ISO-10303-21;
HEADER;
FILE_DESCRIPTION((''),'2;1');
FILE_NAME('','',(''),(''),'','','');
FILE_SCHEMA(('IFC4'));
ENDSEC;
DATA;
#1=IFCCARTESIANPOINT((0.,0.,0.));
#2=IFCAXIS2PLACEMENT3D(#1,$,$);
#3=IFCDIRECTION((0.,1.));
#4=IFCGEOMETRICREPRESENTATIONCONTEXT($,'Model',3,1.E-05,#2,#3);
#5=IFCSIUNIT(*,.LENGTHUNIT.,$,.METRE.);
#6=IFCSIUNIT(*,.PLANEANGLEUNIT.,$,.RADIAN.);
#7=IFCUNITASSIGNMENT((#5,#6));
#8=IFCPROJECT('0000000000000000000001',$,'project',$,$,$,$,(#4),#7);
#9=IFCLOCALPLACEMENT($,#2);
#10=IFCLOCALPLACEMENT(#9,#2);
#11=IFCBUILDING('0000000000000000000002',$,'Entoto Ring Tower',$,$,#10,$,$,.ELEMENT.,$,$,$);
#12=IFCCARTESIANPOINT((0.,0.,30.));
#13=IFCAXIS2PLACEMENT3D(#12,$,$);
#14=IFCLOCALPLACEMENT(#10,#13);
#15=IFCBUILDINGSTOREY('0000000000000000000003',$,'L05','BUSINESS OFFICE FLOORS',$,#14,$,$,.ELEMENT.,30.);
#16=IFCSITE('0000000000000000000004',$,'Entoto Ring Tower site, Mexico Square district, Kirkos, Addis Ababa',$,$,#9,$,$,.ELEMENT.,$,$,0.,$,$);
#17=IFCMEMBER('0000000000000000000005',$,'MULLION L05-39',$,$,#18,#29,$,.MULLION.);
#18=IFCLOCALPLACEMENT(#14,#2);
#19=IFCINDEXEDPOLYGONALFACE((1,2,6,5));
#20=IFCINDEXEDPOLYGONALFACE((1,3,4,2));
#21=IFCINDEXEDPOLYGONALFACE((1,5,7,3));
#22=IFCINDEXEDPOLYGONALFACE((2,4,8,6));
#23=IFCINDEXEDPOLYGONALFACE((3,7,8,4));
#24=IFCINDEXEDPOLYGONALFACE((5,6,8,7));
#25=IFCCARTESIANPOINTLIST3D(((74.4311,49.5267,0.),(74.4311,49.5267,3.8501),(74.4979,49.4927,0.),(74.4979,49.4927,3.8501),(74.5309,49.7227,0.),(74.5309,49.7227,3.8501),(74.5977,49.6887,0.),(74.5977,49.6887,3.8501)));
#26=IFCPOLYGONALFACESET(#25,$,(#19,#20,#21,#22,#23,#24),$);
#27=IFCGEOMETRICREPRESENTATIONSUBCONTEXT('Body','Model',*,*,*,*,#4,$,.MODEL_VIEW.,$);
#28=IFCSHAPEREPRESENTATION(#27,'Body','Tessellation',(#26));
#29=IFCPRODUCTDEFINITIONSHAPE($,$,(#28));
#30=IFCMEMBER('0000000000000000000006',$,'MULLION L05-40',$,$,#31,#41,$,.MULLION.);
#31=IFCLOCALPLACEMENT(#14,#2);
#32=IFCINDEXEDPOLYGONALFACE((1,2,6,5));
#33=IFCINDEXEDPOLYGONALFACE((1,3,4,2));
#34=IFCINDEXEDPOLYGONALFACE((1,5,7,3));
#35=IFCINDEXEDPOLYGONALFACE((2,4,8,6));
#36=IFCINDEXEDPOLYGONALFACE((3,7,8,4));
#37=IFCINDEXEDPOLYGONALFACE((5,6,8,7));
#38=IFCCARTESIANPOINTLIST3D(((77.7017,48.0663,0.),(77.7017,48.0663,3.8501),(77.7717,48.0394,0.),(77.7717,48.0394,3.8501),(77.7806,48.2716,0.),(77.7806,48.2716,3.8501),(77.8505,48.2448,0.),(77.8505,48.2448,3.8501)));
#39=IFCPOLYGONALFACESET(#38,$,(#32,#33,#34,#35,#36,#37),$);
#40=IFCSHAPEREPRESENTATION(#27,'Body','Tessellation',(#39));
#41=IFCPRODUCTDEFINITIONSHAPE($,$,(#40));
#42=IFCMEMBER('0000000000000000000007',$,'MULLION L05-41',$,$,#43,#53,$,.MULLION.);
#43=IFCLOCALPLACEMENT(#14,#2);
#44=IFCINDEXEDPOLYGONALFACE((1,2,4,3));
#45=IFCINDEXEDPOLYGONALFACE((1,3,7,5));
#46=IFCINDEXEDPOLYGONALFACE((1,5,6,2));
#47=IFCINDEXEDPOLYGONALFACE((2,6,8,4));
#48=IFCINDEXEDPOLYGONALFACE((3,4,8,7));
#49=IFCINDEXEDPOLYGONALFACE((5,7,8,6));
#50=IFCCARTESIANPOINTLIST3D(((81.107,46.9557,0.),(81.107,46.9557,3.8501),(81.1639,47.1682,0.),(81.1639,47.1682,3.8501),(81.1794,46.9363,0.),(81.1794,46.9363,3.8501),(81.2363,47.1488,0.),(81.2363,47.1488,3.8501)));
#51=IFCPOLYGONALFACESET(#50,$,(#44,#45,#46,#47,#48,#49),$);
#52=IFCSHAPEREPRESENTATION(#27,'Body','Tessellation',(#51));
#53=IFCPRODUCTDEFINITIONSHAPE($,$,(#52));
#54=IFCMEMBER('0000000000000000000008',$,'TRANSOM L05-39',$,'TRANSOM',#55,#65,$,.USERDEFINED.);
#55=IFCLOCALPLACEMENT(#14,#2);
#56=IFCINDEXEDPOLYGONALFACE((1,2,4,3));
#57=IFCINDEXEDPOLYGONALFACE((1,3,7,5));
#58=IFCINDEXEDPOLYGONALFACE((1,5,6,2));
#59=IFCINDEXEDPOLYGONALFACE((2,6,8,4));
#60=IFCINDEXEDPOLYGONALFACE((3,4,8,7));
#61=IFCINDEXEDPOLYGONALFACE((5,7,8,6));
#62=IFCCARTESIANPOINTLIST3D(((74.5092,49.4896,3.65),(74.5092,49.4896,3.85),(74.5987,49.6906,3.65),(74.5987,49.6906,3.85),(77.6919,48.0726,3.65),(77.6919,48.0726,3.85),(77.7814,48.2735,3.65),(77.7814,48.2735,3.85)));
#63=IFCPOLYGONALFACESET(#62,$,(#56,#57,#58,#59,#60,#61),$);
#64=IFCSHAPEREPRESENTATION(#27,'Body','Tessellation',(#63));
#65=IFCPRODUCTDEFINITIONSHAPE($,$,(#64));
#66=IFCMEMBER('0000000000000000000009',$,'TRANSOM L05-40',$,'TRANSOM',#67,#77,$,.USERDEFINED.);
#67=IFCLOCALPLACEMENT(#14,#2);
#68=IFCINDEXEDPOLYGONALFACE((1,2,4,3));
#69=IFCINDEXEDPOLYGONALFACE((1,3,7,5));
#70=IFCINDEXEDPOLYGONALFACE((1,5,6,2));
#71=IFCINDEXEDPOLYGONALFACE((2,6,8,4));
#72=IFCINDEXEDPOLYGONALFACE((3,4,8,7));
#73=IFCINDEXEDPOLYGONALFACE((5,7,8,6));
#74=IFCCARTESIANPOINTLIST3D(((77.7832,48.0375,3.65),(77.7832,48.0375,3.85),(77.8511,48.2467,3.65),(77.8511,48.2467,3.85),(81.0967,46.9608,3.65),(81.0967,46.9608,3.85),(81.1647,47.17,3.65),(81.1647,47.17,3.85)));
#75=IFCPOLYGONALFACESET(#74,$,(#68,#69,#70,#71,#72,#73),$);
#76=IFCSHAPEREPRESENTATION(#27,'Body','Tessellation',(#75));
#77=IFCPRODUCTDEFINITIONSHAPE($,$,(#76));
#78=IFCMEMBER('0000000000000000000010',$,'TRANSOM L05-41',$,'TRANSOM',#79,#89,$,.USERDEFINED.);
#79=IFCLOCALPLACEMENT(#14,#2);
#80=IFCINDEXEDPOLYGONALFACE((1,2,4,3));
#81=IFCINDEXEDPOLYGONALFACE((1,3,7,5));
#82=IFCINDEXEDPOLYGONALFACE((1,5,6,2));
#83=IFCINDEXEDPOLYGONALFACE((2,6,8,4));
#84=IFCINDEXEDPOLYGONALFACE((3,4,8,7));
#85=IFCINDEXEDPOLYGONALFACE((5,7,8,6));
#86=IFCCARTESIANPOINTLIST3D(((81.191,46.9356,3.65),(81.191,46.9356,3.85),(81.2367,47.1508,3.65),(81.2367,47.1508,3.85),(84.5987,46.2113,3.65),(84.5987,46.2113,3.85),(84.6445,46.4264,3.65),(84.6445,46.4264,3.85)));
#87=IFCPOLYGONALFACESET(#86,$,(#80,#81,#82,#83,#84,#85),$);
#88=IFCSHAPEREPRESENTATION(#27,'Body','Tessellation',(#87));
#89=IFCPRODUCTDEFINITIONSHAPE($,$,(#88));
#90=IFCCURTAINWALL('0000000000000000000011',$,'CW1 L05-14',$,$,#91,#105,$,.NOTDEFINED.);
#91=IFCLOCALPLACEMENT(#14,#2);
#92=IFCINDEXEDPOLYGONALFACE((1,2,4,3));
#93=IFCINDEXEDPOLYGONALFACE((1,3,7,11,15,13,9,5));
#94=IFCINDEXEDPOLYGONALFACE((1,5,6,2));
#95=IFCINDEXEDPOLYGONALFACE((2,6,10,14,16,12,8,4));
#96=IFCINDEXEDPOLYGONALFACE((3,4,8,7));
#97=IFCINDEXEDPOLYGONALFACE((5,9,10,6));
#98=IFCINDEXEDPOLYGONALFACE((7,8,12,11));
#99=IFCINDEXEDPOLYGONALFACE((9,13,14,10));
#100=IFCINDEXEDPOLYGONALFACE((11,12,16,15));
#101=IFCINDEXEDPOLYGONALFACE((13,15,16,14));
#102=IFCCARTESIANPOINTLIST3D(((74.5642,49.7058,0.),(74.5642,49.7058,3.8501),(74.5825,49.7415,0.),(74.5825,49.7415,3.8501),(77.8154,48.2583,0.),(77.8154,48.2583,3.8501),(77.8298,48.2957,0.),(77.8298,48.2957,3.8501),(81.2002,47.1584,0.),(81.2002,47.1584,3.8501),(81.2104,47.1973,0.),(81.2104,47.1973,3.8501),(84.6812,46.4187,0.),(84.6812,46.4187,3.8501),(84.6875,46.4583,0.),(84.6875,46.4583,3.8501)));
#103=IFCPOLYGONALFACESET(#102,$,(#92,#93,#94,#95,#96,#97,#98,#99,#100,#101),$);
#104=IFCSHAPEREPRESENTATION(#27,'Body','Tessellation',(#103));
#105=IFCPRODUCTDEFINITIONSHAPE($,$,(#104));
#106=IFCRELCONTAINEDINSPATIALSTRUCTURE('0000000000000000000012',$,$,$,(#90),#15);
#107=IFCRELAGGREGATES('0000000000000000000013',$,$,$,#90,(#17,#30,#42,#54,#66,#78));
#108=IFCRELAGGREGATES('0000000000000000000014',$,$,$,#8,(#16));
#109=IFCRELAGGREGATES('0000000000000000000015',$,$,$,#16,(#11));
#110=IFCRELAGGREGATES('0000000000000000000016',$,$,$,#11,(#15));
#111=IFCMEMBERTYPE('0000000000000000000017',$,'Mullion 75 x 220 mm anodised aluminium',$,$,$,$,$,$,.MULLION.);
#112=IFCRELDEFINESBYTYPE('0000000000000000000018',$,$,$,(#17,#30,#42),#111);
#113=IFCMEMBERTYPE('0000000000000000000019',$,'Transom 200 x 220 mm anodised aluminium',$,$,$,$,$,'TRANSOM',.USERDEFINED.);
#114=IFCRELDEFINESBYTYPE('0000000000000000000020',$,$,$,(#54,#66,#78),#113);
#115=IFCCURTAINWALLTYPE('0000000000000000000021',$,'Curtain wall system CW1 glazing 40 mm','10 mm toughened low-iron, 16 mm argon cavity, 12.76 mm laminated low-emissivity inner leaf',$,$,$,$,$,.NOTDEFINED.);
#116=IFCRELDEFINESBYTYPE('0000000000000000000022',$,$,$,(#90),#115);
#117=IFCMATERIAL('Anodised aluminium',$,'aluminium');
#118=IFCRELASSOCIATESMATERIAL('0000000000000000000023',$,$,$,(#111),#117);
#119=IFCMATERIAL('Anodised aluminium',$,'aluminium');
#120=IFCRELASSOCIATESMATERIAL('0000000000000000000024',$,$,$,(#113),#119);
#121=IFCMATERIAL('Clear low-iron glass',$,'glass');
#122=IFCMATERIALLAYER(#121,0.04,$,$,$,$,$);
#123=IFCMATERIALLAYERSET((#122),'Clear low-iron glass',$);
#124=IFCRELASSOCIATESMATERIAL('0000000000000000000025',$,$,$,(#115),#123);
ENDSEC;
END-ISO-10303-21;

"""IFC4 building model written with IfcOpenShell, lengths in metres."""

from ifc_helpers import new_model, si_unit, direction, frame, origin, origin_2d, place, context, subcontext, project, spatial, polyline, rectangle, outline, extrude, material, layer, layer_set, material_profile, profile_set, type_object, element, aggregate, save


model = new_model("IFC4")

# Units and contexts
model_context = context("Model", 3, precision=1e-05, world=origin(), true_north=direction((0.0, 1.0)))
body_context = subcontext(model_context, "Body", "Model", "MODEL_VIEW")
ifc_project = project(units=[si_unit("LENGTHUNIT", "METRE"), si_unit("PLANEANGLEUNIT", "RADIAN")], contexts=[model_context])

# Members
ifc_material_1 = material(Name="Anodised aluminium", Category="aluminium")
ifc_material_profile_1 = material_profile(ifc_material_1, rectangle(XDim=0.075, YDim=0.22, at=origin_2d()), Name="Mullion 75 x 220 mm anodised aluminium")
ifc_profile_set_1 = profile_set([ifc_material_profile_1], Name="Anodised aluminium")
member_type_1 = type_object("IfcMemberType", Name="Mullion 75 x 220 mm anodised aluminium", PredefinedType="MULLION", material=ifc_profile_set_1)
site_placement = place(None, origin())
building_placement = place(site_placement, origin())
storey_placement = place(building_placement, frame((0.0, 0.0, 30.0)))
member_1_placement = place(storey_placement, frame((74.5144, 49.6077, 0.0), z_axis=(0.0, 0.0, 1.0), x_axis=(0.891007, -0.45399, 0.0)))
member_1 = element("IfcMember", 1, at=member_1_placement, type_object=member_type_1, Name="MULLION L05-39", PredefinedType="MULLION", context=body_context, shape_type="SweptSolid", body=[
    extrude(rectangle(XDim=0.075, YDim=0.22, at=origin_2d()), origin(), (0.0, 0.0, 1.0), 3.8501),
])
member_2_placement = place(storey_placement, frame((77.7761, 48.1555, 0.0), z_axis=(0.0, 0.0, 1.0), x_axis=(0.93358, -0.358368, 0.0)))
member_2 = element("IfcMember", 2, at=member_2_placement, type_object=member_type_1, Name="MULLION L05-40", PredefinedType="MULLION", context=body_context, shape_type="SweptSolid", body=[
    extrude(rectangle(XDim=0.075, YDim=0.22, at=origin_2d()), origin(), (0.0, 0.0, 1.0), 3.8501),
])
member_3_placement = place(storey_placement, frame((81.1716, 47.0522, 0.0), z_axis=(0.0, 0.0, 1.0), x_axis=(0.965926, -0.258819, 0.0)))
member_3 = element("IfcMember", 3, at=member_3_placement, type_object=member_type_1, Name="MULLION L05-41", PredefinedType="MULLION", context=body_context, shape_type="SweptSolid", body=[
    extrude(rectangle(XDim=0.075, YDim=0.22, at=origin_2d()), origin(), (0.0, 0.0, 1.0), 3.8501),
])
ifc_material_2 = material(Name="Anodised aluminium", Category="aluminium")
ifc_material_profile_2 = material_profile(ifc_material_2, rectangle(XDim=0.22, YDim=0.2, at=origin_2d()), Name="Transom 200 x 220 mm anodised aluminium")
ifc_profile_set_2 = profile_set([ifc_material_profile_2], Name="Anodised aluminium")
member_type_2 = type_object("IfcMemberType", Name="Transom 200 x 220 mm anodised aluminium", ElementType="TRANSOM", PredefinedType="USERDEFINED", material=ifc_profile_set_2)
member_4_placement = place(storey_placement, frame((74.554, 49.5901, 3.75), z_axis=(0.913545, -0.406737, 0.0), x_axis=(0.406737, 0.913545, 0.0)))
member_4 = element("IfcMember", 4, at=member_4_placement, type_object=member_type_2, Name="TRANSOM L05-39", ObjectType="TRANSOM", PredefinedType="USERDEFINED", context=body_context, shape_type="SweptSolid", body=[
    extrude(rectangle(XDim=0.22, YDim=0.2, at=origin_2d()), origin(), (0.0, 0.0, 1.0), 3.4839),
])
member_5_placement = place(storey_placement, frame((77.8171, 48.1421, 3.75), z_axis=(0.951053, -0.309029, 0.0), x_axis=(0.309029, 0.951053, 0.0)))
member_5 = element("IfcMember", 5, at=member_5_placement, type_object=member_type_2, Name="TRANSOM L05-40", ObjectType="TRANSOM", PredefinedType="USERDEFINED", context=body_context, shape_type="SweptSolid", body=[
    extrude(rectangle(XDim=0.22, YDim=0.2, at=origin_2d()), origin(), (0.0, 0.0, 1.0), 3.4841),
])
member_6_placement = place(storey_placement, frame((81.2139, 47.0432, 3.75), z_axis=(0.978146, -0.207921, 0.0), x_axis=(0.207921, 0.978146, 0.0)))
member_6 = element("IfcMember", 6, at=member_6_placement, type_object=member_type_2, Name="TRANSOM L05-41", ObjectType="TRANSOM", PredefinedType="USERDEFINED", context=body_context, shape_type="SweptSolid", body=[
    extrude(rectangle(XDim=0.22, YDim=0.2, at=origin_2d()), origin(), (0.0, 0.0, 1.0), 3.4839),
])

# Site, building, storey
site = spatial("IfcSite", under=ifc_project, at=site_placement, Name="Entoto Ring Tower site, Mexico Square district, Kirkos, Addis Ababa", CompositionType="ELEMENT", RefElevation=0.0)
building = spatial("IfcBuilding", under=site, at=building_placement, Name="Entoto Ring Tower", CompositionType="ELEMENT")
storey = spatial("IfcBuildingStorey", under=building, at=storey_placement, Name="L05", Description="BUSINESS OFFICE FLOORS", CompositionType="ELEMENT", Elevation=30.0)

# Curtain wall
ifc_material_3 = material(Name="Clear low-iron glass", Category="glass")
ifc_layer = layer(ifc_material_3, 0.04)
ifc_layer_set = layer_set([ifc_layer], Name="Clear low-iron glass")
curtain_wall_type = type_object("IfcCurtainWallType", Name="Curtain wall system CW1 glazing 40 mm", Description="10 mm toughened low-iron, 16 mm argon cavity, 12.76 mm laminated low-emissivity inner leaf", PredefinedType="NOTDEFINED", material=ifc_layer_set)
curtain_wall_1_placement = place(storey_placement, origin())
curtain_wall_1 = element("IfcCurtainWall", 7, at=curtain_wall_1_placement, inside=storey, type_object=curtain_wall_type, Name="CW1 L05-14", PredefinedType="NOTDEFINED", context=body_context, shape_type="SweptSolid", body=[
    extrude(outline(polyline([(74.5642, 49.7058), (77.8154, 48.2583), (81.2002, 47.1584), (84.6812, 46.4187), (84.6875, 46.4583), (81.2104, 47.1973), (77.8298, 48.2957), (74.5825, 49.7415), (74.5642, 49.7058)])), origin(), (0.0, 0.0, 1.0), 3.8501),
])
aggregate(curtain_wall_1, [member_1, member_2, member_3, member_4, member_5, member_6])

save(model, "model.ifc")
